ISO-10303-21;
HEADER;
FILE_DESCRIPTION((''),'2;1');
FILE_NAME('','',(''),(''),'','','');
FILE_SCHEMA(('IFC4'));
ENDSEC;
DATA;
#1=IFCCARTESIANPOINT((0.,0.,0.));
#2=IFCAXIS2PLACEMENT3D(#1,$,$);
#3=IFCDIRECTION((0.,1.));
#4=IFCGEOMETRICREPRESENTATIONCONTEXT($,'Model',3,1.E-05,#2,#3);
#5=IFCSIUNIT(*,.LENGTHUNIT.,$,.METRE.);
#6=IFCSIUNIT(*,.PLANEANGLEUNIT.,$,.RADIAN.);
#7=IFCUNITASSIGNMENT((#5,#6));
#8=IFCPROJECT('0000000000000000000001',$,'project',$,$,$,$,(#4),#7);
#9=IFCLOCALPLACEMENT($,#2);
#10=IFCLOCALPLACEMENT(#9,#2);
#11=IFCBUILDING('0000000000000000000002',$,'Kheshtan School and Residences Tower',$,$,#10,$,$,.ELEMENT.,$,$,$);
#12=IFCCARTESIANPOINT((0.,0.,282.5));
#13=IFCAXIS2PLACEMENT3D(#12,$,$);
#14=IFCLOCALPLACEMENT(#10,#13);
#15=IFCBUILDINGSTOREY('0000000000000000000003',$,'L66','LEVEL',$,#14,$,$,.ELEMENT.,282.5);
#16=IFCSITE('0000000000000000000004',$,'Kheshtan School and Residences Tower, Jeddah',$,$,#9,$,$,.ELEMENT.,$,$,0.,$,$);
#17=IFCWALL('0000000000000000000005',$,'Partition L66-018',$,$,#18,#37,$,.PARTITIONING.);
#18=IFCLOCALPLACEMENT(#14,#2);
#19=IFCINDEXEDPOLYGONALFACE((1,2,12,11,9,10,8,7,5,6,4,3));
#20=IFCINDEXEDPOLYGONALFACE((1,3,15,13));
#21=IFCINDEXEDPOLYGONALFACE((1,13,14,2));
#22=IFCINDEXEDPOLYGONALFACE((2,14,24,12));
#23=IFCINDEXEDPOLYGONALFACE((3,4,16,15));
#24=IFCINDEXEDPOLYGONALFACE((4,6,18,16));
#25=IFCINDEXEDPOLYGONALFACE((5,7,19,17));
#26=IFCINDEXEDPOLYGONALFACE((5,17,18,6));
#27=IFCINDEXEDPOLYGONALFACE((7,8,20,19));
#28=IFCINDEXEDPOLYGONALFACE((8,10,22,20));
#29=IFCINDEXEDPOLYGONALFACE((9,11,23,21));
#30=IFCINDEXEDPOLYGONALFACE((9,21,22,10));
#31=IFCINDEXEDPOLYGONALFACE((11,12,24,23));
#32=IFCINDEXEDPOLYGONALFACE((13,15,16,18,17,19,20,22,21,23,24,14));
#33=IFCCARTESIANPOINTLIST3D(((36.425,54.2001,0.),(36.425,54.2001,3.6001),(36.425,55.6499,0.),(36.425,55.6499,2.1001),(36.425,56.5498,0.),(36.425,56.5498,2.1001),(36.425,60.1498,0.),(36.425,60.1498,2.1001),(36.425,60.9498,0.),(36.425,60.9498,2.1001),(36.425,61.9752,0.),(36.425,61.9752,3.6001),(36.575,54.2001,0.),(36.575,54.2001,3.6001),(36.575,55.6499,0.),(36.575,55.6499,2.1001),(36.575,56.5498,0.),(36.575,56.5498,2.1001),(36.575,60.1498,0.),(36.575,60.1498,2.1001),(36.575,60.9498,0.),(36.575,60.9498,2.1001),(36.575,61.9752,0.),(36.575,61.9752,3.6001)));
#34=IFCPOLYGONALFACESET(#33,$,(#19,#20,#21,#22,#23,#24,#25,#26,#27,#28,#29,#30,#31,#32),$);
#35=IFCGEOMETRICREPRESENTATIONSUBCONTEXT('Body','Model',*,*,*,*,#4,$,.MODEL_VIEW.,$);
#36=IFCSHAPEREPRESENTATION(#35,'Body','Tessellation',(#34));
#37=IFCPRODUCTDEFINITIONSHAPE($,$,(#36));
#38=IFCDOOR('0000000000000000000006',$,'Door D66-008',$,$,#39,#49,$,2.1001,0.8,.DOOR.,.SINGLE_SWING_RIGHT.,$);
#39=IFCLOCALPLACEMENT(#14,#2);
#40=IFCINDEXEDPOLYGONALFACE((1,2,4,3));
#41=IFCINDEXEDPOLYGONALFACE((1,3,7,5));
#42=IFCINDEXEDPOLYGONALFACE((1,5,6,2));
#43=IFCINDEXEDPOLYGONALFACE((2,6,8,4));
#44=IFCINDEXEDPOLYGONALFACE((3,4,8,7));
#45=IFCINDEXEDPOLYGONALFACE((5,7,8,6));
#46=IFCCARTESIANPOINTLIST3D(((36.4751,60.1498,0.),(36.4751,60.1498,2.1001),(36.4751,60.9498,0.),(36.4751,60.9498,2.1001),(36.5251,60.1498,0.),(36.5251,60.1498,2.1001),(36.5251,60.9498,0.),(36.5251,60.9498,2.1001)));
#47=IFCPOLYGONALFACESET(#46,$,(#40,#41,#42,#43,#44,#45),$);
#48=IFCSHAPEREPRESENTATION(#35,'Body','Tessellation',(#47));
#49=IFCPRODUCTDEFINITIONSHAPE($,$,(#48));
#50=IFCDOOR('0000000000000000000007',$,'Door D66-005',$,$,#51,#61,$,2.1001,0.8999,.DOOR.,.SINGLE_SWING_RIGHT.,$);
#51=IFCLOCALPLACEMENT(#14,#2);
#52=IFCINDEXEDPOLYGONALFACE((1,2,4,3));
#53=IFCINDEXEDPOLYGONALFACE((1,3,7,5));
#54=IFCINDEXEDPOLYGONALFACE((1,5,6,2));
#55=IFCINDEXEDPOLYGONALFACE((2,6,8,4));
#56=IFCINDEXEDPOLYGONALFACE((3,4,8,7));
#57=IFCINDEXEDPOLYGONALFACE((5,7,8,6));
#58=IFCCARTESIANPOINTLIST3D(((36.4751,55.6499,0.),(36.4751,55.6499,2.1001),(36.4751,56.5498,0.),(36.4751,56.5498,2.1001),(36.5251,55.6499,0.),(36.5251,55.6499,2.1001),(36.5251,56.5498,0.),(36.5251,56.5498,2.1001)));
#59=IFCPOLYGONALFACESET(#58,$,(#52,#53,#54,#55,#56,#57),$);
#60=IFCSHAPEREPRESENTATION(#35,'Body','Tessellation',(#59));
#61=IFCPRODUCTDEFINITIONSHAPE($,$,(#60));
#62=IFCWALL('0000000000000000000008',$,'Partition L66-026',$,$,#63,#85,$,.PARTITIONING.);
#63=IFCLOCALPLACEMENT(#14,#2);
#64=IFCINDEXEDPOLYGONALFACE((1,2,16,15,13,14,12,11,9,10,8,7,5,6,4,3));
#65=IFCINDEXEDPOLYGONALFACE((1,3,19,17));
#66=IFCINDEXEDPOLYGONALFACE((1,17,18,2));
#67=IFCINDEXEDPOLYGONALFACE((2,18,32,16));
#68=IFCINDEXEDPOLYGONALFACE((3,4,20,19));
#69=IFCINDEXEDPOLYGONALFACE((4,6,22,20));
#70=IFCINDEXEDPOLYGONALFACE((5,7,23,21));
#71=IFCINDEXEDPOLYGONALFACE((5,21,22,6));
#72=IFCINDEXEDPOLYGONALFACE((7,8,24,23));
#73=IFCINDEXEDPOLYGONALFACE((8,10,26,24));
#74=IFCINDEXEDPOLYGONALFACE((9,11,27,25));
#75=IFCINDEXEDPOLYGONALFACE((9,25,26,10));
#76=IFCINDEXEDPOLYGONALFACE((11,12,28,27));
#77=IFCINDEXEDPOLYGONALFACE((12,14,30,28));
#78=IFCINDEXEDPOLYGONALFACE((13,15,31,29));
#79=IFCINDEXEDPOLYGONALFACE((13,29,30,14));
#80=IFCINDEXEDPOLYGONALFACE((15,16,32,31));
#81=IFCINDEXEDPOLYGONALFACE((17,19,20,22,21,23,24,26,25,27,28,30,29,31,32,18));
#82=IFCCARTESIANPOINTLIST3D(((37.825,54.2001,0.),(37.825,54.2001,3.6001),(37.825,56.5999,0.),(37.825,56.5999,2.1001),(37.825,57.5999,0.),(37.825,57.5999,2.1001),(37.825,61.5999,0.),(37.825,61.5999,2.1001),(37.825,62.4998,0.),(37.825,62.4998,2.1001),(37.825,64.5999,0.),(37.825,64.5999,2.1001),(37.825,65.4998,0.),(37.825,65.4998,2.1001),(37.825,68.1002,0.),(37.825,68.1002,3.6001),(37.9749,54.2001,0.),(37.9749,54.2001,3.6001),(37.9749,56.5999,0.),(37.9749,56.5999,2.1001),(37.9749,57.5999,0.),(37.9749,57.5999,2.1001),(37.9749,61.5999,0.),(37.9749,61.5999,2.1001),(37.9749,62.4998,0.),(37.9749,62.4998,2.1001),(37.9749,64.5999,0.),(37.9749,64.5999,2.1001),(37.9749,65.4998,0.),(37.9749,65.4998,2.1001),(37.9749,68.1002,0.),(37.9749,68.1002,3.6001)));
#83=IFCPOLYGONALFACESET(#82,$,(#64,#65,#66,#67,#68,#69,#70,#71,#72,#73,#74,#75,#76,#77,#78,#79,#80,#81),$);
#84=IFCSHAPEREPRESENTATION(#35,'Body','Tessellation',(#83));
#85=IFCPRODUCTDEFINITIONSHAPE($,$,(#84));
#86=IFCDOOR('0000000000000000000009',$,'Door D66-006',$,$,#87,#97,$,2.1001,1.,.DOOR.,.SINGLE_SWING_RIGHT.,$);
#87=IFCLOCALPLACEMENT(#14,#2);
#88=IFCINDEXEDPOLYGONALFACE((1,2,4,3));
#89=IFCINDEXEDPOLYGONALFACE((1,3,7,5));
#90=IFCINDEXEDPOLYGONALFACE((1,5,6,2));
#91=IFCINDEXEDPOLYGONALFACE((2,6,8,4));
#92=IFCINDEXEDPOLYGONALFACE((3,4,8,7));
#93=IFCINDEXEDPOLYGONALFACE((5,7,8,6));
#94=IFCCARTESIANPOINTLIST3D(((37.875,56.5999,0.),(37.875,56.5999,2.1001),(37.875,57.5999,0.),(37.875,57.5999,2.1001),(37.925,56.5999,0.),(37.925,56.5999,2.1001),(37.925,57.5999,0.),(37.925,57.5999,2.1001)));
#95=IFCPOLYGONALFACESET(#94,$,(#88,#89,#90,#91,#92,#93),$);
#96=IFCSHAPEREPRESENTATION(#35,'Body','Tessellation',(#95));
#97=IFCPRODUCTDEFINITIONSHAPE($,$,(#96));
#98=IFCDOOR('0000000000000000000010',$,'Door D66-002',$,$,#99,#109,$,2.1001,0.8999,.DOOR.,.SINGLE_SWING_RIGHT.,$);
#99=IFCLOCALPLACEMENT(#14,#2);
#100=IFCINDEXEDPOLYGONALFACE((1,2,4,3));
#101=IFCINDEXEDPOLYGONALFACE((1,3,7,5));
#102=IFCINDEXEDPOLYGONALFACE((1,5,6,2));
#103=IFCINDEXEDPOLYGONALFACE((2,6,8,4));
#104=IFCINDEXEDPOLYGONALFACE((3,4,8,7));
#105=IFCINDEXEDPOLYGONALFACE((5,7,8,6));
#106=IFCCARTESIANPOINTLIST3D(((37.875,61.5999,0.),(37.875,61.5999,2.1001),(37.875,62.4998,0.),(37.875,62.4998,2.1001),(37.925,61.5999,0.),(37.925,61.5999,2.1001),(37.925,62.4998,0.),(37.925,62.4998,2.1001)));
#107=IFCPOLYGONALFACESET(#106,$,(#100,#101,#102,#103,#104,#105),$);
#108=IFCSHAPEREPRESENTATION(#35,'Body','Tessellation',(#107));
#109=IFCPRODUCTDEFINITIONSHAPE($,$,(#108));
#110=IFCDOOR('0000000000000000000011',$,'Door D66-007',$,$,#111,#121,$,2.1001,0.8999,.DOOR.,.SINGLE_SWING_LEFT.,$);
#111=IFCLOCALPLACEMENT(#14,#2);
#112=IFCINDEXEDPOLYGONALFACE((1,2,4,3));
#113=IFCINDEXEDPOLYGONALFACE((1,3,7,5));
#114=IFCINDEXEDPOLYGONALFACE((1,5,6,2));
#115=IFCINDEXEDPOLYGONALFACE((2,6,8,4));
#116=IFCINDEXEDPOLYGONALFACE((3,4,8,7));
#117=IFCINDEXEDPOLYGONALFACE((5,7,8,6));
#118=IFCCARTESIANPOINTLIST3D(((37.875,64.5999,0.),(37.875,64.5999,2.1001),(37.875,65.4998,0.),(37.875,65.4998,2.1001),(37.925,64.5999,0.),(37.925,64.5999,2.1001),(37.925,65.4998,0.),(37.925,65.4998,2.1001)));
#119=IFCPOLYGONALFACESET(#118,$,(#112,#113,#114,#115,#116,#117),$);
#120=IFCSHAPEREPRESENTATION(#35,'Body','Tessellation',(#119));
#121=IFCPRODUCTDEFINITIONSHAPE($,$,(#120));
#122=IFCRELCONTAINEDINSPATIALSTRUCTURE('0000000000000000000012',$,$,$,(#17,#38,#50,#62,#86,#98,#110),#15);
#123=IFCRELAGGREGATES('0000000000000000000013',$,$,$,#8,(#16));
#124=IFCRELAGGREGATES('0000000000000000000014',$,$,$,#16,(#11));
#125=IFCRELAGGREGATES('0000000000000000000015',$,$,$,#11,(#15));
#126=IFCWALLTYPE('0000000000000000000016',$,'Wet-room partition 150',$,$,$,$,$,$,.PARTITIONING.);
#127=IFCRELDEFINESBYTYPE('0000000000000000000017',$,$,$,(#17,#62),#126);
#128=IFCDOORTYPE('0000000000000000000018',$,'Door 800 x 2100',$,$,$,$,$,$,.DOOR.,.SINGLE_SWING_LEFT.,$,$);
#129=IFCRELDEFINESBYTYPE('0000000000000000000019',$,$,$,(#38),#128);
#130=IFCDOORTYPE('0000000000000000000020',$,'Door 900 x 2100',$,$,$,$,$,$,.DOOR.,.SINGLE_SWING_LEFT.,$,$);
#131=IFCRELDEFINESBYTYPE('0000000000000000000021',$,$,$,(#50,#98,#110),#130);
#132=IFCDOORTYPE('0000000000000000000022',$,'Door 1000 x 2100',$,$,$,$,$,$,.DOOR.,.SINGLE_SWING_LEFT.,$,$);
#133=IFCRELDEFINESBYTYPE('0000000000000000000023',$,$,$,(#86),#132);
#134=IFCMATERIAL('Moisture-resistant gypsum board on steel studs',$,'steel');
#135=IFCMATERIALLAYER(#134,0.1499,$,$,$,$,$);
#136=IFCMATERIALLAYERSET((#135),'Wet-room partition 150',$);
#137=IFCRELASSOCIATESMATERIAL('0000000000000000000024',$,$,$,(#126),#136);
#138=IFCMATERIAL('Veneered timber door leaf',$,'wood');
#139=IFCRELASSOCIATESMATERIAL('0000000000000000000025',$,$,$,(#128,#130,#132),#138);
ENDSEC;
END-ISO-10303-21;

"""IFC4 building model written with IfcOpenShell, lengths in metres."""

from ifc_helpers import new_model, si_unit, direction, frame, frame_2d, origin, place, context, subcontext, project, spatial, rectangle, extrude, source, transform, mapped, material, layer, layer_set, type_object, element, fill, save


model = new_model("IFC4")

# Units and contexts
model_context = context("Model", 3, precision=1e-05, world=origin(), true_north=direction((0.0, 1.0)))
body_context = subcontext(model_context, "Body", "Model", "MODEL_VIEW")
ifc_project = project(units=[si_unit("LENGTHUNIT", "METRE"), si_unit("PLANEANGLEUNIT", "RADIAN")], contexts=[model_context])

# Site, building, storey
site_placement = place(None, origin())
site = spatial("IfcSite", under=ifc_project, at=site_placement, Name="Kheshtan School and Residences Tower, Jeddah", CompositionType="ELEMENT", RefElevation=0.0)
building_placement = place(site_placement, origin())
building = spatial("IfcBuilding", under=site, at=building_placement, Name="Kheshtan School and Residences Tower", CompositionType="ELEMENT")
storey_placement = place(building_placement, frame((0.0, 0.0, 282.5)))
storey = spatial("IfcBuildingStorey", under=building, at=storey_placement, Name="L66", Description="LEVEL", CompositionType="ELEMENT", Elevation=282.5)

# Walls, openings, doors
ifc_material_1 = material(Name="Moisture-resistant gypsum board on steel studs", Category="steel")
ifc_layer_1 = layer(ifc_material_1, 0.1499)
ifc_layer_set_1 = layer_set([ifc_layer_1], Name="Wet-room partition 150")
wall_type_1 = type_object("IfcWallType", Name="Wet-room partition 150", PredefinedType="PARTITIONING", material=ifc_layer_set_1)
wall_1_placement = place(storey_placement, frame((36.5, 54.2, 0.0), z_axis=(0.0, 0.0, 1.0), x_axis=(0.0, 1.0, 0.0)))
wall_1 = element("IfcWall", 1, at=wall_1_placement, inside=storey, type_object=wall_type_1, Name="Partition L66-018", PredefinedType="PARTITIONING", context=body_context, shape_type="SweptSolid", body=[
    extrude(rectangle(XDim=7.7751, YDim=0.1499, at=frame_2d((3.8877, 0.0))), origin(), (0.0, 0.0, 1.0), 3.6001),
])
opening_1_placement = place(wall_1_placement, frame((1.45, 0.0, 0.0)))
opening_1 = element("IfcOpeningElement", 2, at=opening_1_placement, cuts=wall_1, PredefinedType="OPENING", context=body_context, shape_type="SweptSolid", body=[
    extrude(rectangle(XDim=0.8999, YDim=2.1001, at=frame_2d((0.45, 1.05))), frame((0.0, 0.085, 0.0), z_axis=(0.0, -1.0, 0.0), x_axis=(1.0, 0.0, 0.0)), (0.0, 0.0, 1.0), 0.1699),
])
opening_2_placement = place(wall_1_placement, frame((5.95, 0.0, 0.0)))
opening_2 = element("IfcOpeningElement", 3, at=opening_2_placement, cuts=wall_1, PredefinedType="OPENING", context=body_context, shape_type="SweptSolid", body=[
    extrude(rectangle(XDim=0.8, YDim=2.1001, at=frame_2d((0.3999, 1.05))), frame((0.0, 0.085, 0.0), z_axis=(0.0, -1.0, 0.0), x_axis=(1.0, 0.0, 0.0)), (0.0, 0.0, 1.0), 0.1699),
])
ifc_material_2 = material(Name="Veneered timber door leaf", Category="wood")
door_type_1 = type_object("IfcDoorType", Name="Door 800 x 2100", OperationType="SINGLE_SWING_LEFT", PredefinedType="DOOR", material=ifc_material_2)
shared_shape_1 = source(origin(), body_context, "Body", "SweptSolid", [
    extrude(rectangle(XDim=0.8, YDim=2.1001, at=frame_2d((0.3999, 1.05))), frame((0.0, 0.0249, 0.0), z_axis=(0.0, -1.0, 0.0), x_axis=(1.0, 0.0, 0.0)), (0.0, 0.0, 1.0), 0.05),
])
door_1_placement = place(opening_2_placement, origin())
door_1 = element("IfcDoor", 4, at=door_1_placement, inside=storey, type_object=door_type_1, Name="Door D66-008", OperationType="SINGLE_SWING_RIGHT", OverallHeight=2.1001, OverallWidth=0.8, PredefinedType="DOOR", context=body_context, shape_type="MappedRepresentation", body=[
    mapped(shared_shape_1, transform((0.0, 0.0, 0.0), x_axis=(1.0, 0.0, 0.0), y_axis=(0.0, 1.0, 0.0), z_axis=(0.0, 0.0, 1.0), scale=1.0)),
])
fill(opening_2, door_1)
door_type_2 = type_object("IfcDoorType", Name="Door 900 x 2100", OperationType="SINGLE_SWING_LEFT", PredefinedType="DOOR", material=ifc_material_2)
shared_shape_2 = source(origin(), body_context, "Body", "SweptSolid", [
    extrude(rectangle(XDim=0.8999, YDim=2.1001, at=frame_2d((0.45, 1.05))), frame((0.0, 0.0249, 0.0), z_axis=(0.0, -1.0, 0.0), x_axis=(1.0, 0.0, 0.0)), (0.0, 0.0, 1.0), 0.05),
])
door_2_placement = place(opening_1_placement, origin())
door_2 = element("IfcDoor", 5, at=door_2_placement, inside=storey, type_object=door_type_2, Name="Door D66-005", OperationType="SINGLE_SWING_RIGHT", OverallHeight=2.1001, OverallWidth=0.8999, PredefinedType="DOOR", context=body_context, shape_type="MappedRepresentation", body=[
    mapped(shared_shape_2, transform((0.0, 0.0, 0.0), x_axis=(1.0, 0.0, 0.0), y_axis=(0.0, 1.0, 0.0), z_axis=(0.0, 0.0, 1.0), scale=1.0)),
])
fill(opening_1, door_2)
wall_2_placement = place(storey_placement, frame((37.8999, 54.2, 0.0), z_axis=(0.0, 0.0, 1.0), x_axis=(0.0, 1.0, 0.0)))
wall_2 = element("IfcWall", 6, at=wall_2_placement, inside=storey, type_object=wall_type_1, Name="Partition L66-026", PredefinedType="PARTITIONING", context=body_context, shape_type="SweptSolid", body=[
    extrude(rectangle(XDim=13.9001, YDim=0.1499, at=frame_2d((6.9502, 0.0))), origin(), (0.0, 0.0, 1.0), 3.6001),
])
opening_3_placement = place(wall_2_placement, frame((7.3999, 0.0, 0.0)))
opening_3 = element("IfcOpeningElement", 7, at=opening_3_placement, cuts=wall_2, PredefinedType="OPENING", context=body_context, shape_type="SweptSolid", body=[
    extrude(rectangle(XDim=0.8999, YDim=2.1001, at=frame_2d((0.45, 1.05))), frame((0.0, 0.085, 0.0), z_axis=(0.0, -1.0, 0.0), x_axis=(1.0, 0.0, 0.0)), (0.0, 0.0, 1.0), 0.1699),
])
opening_4_placement = place(wall_2_placement, frame((2.3999, 0.0, 0.0)))
opening_4 = element("IfcOpeningElement", 8, at=opening_4_placement, cuts=wall_2, PredefinedType="OPENING", context=body_context, shape_type="SweptSolid", body=[
    extrude(rectangle(XDim=1.0, YDim=2.1001, at=frame_2d((0.5, 1.05))), frame((0.0, 0.085, 0.0), z_axis=(0.0, -1.0, 0.0), x_axis=(1.0, 0.0, 0.0)), (0.0, 0.0, 1.0), 0.1699),
])
opening_5_placement = place(wall_2_placement, frame((10.3999, 0.0, 0.0)))
opening_5 = element("IfcOpeningElement", 9, at=opening_5_placement, cuts=wall_2, PredefinedType="OPENING", context=body_context, shape_type="SweptSolid", body=[
    extrude(rectangle(XDim=0.8999, YDim=2.1001, at=frame_2d((0.45, 1.05))), frame((0.0, 0.085, 0.0), z_axis=(0.0, -1.0, 0.0), x_axis=(1.0, 0.0, 0.0)), (0.0, 0.0, 1.0), 0.1699),
])
door_type_3 = type_object("IfcDoorType", Name="Door 1000 x 2100", OperationType="SINGLE_SWING_LEFT", PredefinedType="DOOR", material=ifc_material_2)
shared_shape_3 = source(origin(), body_context, "Body", "SweptSolid", [
    extrude(rectangle(XDim=1.0, YDim=2.1001, at=frame_2d((0.5, 1.05))), frame((0.0, 0.0249, 0.0), z_axis=(0.0, -1.0, 0.0), x_axis=(1.0, 0.0, 0.0)), (0.0, 0.0, 1.0), 0.05),
])
door_3_placement = place(opening_4_placement, origin())
door_3 = element("IfcDoor", 10, at=door_3_placement, inside=storey, type_object=door_type_3, Name="Door D66-006", OperationType="SINGLE_SWING_RIGHT", OverallHeight=2.1001, OverallWidth=1.0, PredefinedType="DOOR", context=body_context, shape_type="MappedRepresentation", body=[
    mapped(shared_shape_3, transform((0.0, 0.0, 0.0), x_axis=(1.0, 0.0, 0.0), y_axis=(0.0, 1.0, 0.0), z_axis=(0.0, 0.0, 1.0), scale=1.0)),
])
fill(opening_4, door_3)
door_4_placement = place(opening_3_placement, origin())
door_4 = element("IfcDoor", 11, at=door_4_placement, inside=storey, type_object=door_type_2, Name="Door D66-002", OperationType="SINGLE_SWING_RIGHT", OverallHeight=2.1001, OverallWidth=0.8999, PredefinedType="DOOR", context=body_context, shape_type="MappedRepresentation", body=[
    mapped(shared_shape_2, transform((0.0, 0.0, 0.0), x_axis=(1.0, 0.0, 0.0), y_axis=(0.0, 1.0, 0.0), z_axis=(0.0, 0.0, 1.0), scale=1.0)),
])
fill(opening_3, door_4)
door_5_placement = place(opening_5_placement, origin())
door_5 = element("IfcDoor", 12, at=door_5_placement, inside=storey, type_object=door_type_2, Name="Door D66-007", OperationType="SINGLE_SWING_LEFT", OverallHeight=2.1001, OverallWidth=0.8999, PredefinedType="DOOR", context=body_context, shape_type="MappedRepresentation", body=[
    mapped(shared_shape_2, transform((0.0, 0.0, 0.0), x_axis=(1.0, 0.0, 0.0), y_axis=(0.0, 1.0, 0.0), z_axis=(0.0, 0.0, 1.0), scale=1.0)),
])
fill(opening_5, door_5)

save(model, "model.ifc")
